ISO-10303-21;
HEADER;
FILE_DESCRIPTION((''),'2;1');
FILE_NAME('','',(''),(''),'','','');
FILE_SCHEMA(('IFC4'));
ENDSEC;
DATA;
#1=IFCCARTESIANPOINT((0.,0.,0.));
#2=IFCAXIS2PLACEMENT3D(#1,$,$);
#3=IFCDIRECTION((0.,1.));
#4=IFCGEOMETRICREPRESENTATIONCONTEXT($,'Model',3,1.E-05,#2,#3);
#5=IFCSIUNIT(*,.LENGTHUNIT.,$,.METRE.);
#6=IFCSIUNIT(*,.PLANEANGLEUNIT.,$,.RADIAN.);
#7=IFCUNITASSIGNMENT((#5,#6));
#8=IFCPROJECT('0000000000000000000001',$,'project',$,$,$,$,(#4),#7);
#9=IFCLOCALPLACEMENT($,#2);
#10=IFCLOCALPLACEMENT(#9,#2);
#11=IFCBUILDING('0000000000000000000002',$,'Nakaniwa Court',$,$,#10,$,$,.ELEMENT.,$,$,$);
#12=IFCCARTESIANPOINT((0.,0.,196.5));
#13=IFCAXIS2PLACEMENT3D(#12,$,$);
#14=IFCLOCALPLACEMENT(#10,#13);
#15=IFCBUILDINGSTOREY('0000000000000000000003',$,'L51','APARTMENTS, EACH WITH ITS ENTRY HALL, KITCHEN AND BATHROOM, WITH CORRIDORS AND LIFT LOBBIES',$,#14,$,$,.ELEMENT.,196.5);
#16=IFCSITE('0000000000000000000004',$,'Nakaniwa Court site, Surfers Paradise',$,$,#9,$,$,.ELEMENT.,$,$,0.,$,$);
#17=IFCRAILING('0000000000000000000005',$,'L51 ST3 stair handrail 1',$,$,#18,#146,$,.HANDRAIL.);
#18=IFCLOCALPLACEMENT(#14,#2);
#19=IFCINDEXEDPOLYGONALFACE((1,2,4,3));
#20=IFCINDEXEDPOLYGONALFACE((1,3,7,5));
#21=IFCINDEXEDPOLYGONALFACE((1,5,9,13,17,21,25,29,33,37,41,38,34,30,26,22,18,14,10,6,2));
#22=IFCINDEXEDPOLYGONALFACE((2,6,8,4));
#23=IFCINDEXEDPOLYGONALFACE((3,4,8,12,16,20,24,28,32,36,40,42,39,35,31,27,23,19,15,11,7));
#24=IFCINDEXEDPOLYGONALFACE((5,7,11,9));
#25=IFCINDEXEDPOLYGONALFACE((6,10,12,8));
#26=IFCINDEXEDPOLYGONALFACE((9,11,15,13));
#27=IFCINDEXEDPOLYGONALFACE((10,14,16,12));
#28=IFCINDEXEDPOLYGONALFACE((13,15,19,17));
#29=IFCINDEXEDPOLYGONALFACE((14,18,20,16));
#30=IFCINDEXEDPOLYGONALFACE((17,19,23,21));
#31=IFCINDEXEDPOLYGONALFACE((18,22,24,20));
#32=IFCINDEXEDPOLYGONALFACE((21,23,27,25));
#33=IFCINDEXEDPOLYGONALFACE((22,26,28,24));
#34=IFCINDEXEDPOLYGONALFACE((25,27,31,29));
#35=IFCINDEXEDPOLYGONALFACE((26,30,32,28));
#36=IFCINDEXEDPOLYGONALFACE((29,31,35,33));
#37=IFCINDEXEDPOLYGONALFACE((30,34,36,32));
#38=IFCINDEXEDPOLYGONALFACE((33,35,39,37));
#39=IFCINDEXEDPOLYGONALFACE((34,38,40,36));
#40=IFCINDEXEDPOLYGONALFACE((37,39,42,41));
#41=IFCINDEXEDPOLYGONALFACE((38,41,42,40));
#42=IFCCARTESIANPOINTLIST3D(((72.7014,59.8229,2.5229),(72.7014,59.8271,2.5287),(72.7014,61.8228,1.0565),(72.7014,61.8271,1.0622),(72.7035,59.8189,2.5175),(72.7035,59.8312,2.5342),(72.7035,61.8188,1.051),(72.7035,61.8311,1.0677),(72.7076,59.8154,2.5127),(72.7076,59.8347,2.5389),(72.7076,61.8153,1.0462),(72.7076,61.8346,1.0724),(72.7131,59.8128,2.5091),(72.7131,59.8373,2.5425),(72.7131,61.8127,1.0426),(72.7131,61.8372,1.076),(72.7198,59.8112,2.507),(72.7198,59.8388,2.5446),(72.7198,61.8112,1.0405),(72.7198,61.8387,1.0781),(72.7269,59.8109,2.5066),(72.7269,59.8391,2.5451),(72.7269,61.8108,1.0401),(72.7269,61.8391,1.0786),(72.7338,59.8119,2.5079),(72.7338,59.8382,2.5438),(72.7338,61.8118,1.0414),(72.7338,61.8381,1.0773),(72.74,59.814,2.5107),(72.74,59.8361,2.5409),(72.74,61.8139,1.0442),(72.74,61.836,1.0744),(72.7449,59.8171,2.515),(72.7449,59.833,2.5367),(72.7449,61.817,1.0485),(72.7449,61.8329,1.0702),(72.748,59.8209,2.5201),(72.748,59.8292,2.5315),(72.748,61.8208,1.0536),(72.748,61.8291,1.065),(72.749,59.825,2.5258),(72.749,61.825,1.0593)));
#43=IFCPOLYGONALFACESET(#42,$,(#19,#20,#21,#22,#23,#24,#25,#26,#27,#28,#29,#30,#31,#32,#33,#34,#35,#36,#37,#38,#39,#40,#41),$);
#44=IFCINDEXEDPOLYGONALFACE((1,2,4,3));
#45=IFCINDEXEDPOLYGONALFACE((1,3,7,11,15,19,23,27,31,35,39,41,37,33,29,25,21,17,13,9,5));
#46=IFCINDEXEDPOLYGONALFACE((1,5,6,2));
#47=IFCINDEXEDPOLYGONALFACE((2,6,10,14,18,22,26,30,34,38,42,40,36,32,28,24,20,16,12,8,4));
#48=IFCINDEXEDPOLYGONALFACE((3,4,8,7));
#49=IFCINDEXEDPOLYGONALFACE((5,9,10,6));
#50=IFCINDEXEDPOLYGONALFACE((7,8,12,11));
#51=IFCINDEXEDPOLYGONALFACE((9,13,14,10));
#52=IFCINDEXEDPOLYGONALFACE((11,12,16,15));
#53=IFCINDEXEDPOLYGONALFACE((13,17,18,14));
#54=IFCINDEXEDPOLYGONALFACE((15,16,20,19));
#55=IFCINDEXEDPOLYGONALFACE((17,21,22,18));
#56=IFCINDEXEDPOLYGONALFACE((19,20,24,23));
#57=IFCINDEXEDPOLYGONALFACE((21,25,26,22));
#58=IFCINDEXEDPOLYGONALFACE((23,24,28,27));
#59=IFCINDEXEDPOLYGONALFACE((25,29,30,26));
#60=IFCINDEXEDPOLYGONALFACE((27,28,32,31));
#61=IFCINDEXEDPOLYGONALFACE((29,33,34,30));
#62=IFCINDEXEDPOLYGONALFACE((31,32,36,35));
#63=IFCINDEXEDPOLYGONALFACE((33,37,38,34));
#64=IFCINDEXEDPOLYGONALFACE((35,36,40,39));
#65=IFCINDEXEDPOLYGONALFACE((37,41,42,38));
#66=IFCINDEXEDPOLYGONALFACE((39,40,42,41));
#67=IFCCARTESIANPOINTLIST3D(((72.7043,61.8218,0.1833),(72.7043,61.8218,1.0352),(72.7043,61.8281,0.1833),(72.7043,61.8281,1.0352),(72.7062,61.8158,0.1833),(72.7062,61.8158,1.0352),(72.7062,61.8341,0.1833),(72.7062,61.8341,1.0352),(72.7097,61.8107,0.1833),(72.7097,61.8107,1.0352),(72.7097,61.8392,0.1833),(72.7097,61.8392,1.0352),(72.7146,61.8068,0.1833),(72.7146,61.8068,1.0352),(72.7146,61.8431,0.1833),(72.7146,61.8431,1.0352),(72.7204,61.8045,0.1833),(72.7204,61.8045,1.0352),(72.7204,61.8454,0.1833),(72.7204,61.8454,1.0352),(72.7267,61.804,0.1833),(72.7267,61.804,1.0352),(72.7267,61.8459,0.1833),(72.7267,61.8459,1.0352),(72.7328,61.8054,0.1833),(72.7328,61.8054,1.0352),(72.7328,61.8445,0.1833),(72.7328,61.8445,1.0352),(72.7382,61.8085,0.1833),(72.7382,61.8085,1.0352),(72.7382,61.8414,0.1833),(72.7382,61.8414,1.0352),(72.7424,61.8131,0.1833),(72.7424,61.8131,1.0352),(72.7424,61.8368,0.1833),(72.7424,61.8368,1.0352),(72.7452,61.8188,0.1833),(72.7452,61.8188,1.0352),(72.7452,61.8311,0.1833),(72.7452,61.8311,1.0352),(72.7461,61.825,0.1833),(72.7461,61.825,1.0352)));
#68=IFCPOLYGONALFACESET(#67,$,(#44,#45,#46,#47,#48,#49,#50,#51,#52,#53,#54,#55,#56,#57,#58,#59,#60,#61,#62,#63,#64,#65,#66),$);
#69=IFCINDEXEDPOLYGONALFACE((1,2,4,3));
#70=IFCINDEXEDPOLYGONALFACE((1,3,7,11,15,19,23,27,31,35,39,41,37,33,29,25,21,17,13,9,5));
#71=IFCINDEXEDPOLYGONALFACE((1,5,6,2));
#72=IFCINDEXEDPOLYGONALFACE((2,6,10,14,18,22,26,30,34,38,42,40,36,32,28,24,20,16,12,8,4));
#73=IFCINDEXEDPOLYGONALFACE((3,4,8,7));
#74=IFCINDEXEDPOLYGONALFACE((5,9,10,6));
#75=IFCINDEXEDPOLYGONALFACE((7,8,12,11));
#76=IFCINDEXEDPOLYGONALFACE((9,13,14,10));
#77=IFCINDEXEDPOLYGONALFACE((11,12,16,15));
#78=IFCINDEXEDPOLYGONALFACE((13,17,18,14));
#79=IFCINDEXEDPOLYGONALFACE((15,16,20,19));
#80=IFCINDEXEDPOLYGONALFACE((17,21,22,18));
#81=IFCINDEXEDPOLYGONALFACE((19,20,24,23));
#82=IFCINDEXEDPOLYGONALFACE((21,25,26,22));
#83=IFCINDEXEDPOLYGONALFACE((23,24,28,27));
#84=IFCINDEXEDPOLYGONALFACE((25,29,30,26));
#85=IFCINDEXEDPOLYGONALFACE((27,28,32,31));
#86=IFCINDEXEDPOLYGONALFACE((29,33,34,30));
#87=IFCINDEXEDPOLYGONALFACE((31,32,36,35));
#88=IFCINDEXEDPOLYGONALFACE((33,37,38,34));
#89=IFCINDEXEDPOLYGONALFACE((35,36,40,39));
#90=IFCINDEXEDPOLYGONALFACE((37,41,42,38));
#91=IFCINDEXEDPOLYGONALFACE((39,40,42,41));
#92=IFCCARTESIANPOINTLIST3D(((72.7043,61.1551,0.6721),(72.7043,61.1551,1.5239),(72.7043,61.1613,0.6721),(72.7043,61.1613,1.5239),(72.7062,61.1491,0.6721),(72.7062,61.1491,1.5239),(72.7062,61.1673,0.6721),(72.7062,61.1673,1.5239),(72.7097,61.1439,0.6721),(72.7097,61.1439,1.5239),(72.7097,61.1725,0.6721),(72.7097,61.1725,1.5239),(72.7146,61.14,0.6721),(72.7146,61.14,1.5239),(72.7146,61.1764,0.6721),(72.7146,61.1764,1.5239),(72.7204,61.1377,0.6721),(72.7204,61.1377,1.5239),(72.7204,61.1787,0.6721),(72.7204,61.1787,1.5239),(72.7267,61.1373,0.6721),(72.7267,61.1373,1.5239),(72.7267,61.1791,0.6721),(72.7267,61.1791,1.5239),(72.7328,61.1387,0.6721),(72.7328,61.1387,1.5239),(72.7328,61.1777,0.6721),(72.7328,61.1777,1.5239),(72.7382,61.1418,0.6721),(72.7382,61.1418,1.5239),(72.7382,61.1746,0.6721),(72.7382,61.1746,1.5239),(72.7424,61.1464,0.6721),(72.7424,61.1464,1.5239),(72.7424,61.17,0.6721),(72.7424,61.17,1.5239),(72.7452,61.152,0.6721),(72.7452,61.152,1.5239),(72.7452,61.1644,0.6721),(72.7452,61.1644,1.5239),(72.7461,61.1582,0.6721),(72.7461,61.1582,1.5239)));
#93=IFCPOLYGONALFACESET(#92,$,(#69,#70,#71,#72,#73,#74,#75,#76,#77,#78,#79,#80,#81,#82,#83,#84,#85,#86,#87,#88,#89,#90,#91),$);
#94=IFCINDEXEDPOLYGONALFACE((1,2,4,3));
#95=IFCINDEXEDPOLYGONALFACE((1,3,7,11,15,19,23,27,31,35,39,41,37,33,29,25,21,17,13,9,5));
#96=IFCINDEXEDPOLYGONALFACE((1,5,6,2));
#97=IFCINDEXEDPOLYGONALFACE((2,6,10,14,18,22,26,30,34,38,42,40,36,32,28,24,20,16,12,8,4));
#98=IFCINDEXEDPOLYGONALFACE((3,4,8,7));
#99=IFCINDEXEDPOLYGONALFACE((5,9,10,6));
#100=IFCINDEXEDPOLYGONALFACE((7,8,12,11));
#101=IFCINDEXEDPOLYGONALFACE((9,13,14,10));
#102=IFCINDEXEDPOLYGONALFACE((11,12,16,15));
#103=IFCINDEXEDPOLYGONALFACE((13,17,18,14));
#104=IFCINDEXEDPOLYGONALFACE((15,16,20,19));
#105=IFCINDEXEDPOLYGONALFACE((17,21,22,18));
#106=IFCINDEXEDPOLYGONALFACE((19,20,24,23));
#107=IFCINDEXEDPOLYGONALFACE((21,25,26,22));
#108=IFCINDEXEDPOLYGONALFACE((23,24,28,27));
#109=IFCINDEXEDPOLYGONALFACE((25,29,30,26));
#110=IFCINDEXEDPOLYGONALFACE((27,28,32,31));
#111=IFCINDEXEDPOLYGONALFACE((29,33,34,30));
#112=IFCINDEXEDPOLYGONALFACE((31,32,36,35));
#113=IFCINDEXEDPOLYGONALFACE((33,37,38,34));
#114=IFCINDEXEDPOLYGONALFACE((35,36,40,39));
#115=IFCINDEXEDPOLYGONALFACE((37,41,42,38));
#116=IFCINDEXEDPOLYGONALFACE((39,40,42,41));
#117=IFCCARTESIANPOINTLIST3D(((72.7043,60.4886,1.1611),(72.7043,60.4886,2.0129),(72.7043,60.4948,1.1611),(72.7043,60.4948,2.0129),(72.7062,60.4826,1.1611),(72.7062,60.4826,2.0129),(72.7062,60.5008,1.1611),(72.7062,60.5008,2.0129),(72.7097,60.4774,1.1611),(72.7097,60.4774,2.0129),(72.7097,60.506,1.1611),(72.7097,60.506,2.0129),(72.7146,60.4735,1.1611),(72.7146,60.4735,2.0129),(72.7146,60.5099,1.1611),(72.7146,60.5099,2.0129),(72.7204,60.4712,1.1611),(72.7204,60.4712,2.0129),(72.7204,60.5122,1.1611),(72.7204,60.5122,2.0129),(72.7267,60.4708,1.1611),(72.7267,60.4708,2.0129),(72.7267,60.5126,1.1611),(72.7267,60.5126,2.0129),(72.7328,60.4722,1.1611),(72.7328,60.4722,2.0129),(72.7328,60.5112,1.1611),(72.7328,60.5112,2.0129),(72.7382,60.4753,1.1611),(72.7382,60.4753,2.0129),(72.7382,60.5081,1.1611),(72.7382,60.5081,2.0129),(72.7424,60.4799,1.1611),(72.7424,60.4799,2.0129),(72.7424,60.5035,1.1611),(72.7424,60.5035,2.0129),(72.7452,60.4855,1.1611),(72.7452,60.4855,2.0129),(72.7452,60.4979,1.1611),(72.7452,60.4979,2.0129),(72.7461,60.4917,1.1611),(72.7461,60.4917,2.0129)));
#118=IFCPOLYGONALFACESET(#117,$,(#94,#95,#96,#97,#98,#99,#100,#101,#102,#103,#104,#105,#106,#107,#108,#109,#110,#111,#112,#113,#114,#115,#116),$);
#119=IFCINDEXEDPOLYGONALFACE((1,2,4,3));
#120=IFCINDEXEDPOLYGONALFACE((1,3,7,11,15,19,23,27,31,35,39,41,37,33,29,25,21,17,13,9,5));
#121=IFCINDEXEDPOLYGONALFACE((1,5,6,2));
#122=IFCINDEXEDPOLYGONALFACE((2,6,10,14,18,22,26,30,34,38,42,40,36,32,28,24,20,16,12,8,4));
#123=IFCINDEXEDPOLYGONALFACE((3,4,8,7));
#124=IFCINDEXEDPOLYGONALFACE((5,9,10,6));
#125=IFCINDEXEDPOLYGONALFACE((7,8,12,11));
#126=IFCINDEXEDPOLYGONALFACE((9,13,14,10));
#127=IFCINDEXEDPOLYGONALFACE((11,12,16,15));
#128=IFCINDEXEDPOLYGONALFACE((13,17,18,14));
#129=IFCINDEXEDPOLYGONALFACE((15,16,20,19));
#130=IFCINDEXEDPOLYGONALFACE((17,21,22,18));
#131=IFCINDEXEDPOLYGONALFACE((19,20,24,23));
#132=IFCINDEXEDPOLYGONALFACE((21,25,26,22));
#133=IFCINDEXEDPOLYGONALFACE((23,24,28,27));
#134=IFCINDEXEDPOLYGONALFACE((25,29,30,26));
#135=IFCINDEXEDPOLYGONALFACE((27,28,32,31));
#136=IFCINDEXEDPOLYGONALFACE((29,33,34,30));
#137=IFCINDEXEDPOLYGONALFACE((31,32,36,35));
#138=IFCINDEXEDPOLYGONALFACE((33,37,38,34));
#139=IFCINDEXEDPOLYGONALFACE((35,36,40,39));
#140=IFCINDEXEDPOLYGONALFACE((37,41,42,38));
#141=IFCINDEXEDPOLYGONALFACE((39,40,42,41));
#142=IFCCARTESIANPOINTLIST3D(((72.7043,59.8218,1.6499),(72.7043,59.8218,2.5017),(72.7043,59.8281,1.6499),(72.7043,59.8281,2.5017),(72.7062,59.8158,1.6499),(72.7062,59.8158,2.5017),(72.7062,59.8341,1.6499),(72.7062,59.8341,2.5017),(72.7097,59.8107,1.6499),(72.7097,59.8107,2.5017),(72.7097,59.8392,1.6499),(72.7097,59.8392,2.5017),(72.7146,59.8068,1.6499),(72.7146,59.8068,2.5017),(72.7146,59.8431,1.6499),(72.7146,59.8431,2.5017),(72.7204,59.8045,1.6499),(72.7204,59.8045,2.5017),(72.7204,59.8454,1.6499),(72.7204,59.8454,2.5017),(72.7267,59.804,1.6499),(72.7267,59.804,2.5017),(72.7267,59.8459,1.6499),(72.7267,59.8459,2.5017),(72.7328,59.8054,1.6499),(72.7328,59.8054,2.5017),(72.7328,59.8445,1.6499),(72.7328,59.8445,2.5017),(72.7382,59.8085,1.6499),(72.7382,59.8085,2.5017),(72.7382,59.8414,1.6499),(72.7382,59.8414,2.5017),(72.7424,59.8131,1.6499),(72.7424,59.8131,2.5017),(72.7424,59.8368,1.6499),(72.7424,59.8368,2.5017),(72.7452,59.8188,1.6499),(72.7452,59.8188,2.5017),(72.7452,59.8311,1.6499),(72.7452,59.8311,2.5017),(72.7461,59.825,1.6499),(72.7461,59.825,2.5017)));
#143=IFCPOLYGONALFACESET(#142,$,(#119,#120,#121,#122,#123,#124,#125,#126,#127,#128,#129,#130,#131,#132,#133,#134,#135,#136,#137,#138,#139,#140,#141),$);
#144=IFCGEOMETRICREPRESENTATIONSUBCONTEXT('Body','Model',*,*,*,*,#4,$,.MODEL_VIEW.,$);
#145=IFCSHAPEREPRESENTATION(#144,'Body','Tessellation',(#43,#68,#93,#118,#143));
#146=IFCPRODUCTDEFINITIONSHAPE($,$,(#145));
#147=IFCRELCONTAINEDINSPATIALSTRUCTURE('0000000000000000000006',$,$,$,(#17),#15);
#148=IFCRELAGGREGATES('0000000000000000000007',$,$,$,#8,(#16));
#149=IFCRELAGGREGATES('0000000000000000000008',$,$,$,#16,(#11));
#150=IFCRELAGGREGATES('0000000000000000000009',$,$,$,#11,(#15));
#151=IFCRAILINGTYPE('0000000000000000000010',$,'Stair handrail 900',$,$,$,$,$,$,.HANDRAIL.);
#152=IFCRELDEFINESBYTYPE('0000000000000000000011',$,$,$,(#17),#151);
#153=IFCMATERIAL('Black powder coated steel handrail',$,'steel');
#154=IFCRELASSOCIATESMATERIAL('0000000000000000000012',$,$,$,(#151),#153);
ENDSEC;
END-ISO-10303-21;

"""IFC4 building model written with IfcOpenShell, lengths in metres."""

from ifc_helpers import new_model, si_unit, direction, frame, origin, origin_2d, place, context, subcontext, project, spatial, circle, extrude, material, type_object, element, save


model = new_model("IFC4")

# Units and contexts
model_context = context("Model", 3, precision=1e-05, world=origin(), true_north=direction((0.0, 1.0)))
body_context = subcontext(model_context, "Body", "Model", "MODEL_VIEW")
ifc_project = project(units=[si_unit("LENGTHUNIT", "METRE"), si_unit("PLANEANGLEUNIT", "RADIAN")], contexts=[model_context])

# Site, building, storey
site_placement = place(None, origin())
site = spatial("IfcSite", under=ifc_project, at=site_placement, Name="Nakaniwa Court site, Surfers Paradise", CompositionType="ELEMENT", RefElevation=0.0)
building_placement = place(site_placement, origin())
building = spatial("IfcBuilding", under=site, at=building_placement, Name="Nakaniwa Court", CompositionType="ELEMENT")
storey_placement = place(building_placement, frame((0.0, 0.0, 196.5)))
storey = spatial("IfcBuildingStorey", under=building, at=storey_placement, Name="L51", Description="APARTMENTS, EACH WITH ITS ENTRY HALL, KITCHEN AND BATHROOM, WITH CORRIDORS AND LIFT LOBBIES", CompositionType="ELEMENT", Elevation=196.5)

# Railing
ifc_material_1 = material(Name="Black powder coated steel handrail", Category="steel")
railing_type_1 = type_object("IfcRailingType", Name="Stair handrail 900", PredefinedType="HANDRAIL", material=ifc_material_1)
railing_1_placement = place(storey_placement, frame((72.7251, 61.825, 0.1833)))
element("IfcRailing", 1, at=railing_1_placement, inside=storey, type_object=railing_type_1, Name="L51 ST3 stair handrail 1", PredefinedType="HANDRAIL", context=body_context, shape_type="SweptSolid", body=[
    extrude(circle(Radius=0.0239, at=origin_2d()), frame((0.0, 0.0, 0.876), z_axis=(0.0, -0.806427, 0.591334), x_axis=(1.0, 0.0, 0.0)), (0.0, 0.0, 1.0), 2.48),
    extrude(circle(Radius=0.021, at=origin_2d()), origin(), (0.0, 0.0, 1.0), 0.8518),
    extrude(circle(Radius=0.021, at=origin_2d()), frame((0.0, -0.6667, 0.4888)), (0.0, 0.0, 1.0), 0.8518),
    extrude(circle(Radius=0.021, at=origin_2d()), frame((0.0, -1.3333, 0.9778)), (0.0, 0.0, 1.0), 0.8518),
    extrude(circle(Radius=0.021, at=origin_2d()), frame((0.0, -2.0, 1.4666)), (0.0, 0.0, 1.0), 0.8518),
])

save(model, "model.ifc")
